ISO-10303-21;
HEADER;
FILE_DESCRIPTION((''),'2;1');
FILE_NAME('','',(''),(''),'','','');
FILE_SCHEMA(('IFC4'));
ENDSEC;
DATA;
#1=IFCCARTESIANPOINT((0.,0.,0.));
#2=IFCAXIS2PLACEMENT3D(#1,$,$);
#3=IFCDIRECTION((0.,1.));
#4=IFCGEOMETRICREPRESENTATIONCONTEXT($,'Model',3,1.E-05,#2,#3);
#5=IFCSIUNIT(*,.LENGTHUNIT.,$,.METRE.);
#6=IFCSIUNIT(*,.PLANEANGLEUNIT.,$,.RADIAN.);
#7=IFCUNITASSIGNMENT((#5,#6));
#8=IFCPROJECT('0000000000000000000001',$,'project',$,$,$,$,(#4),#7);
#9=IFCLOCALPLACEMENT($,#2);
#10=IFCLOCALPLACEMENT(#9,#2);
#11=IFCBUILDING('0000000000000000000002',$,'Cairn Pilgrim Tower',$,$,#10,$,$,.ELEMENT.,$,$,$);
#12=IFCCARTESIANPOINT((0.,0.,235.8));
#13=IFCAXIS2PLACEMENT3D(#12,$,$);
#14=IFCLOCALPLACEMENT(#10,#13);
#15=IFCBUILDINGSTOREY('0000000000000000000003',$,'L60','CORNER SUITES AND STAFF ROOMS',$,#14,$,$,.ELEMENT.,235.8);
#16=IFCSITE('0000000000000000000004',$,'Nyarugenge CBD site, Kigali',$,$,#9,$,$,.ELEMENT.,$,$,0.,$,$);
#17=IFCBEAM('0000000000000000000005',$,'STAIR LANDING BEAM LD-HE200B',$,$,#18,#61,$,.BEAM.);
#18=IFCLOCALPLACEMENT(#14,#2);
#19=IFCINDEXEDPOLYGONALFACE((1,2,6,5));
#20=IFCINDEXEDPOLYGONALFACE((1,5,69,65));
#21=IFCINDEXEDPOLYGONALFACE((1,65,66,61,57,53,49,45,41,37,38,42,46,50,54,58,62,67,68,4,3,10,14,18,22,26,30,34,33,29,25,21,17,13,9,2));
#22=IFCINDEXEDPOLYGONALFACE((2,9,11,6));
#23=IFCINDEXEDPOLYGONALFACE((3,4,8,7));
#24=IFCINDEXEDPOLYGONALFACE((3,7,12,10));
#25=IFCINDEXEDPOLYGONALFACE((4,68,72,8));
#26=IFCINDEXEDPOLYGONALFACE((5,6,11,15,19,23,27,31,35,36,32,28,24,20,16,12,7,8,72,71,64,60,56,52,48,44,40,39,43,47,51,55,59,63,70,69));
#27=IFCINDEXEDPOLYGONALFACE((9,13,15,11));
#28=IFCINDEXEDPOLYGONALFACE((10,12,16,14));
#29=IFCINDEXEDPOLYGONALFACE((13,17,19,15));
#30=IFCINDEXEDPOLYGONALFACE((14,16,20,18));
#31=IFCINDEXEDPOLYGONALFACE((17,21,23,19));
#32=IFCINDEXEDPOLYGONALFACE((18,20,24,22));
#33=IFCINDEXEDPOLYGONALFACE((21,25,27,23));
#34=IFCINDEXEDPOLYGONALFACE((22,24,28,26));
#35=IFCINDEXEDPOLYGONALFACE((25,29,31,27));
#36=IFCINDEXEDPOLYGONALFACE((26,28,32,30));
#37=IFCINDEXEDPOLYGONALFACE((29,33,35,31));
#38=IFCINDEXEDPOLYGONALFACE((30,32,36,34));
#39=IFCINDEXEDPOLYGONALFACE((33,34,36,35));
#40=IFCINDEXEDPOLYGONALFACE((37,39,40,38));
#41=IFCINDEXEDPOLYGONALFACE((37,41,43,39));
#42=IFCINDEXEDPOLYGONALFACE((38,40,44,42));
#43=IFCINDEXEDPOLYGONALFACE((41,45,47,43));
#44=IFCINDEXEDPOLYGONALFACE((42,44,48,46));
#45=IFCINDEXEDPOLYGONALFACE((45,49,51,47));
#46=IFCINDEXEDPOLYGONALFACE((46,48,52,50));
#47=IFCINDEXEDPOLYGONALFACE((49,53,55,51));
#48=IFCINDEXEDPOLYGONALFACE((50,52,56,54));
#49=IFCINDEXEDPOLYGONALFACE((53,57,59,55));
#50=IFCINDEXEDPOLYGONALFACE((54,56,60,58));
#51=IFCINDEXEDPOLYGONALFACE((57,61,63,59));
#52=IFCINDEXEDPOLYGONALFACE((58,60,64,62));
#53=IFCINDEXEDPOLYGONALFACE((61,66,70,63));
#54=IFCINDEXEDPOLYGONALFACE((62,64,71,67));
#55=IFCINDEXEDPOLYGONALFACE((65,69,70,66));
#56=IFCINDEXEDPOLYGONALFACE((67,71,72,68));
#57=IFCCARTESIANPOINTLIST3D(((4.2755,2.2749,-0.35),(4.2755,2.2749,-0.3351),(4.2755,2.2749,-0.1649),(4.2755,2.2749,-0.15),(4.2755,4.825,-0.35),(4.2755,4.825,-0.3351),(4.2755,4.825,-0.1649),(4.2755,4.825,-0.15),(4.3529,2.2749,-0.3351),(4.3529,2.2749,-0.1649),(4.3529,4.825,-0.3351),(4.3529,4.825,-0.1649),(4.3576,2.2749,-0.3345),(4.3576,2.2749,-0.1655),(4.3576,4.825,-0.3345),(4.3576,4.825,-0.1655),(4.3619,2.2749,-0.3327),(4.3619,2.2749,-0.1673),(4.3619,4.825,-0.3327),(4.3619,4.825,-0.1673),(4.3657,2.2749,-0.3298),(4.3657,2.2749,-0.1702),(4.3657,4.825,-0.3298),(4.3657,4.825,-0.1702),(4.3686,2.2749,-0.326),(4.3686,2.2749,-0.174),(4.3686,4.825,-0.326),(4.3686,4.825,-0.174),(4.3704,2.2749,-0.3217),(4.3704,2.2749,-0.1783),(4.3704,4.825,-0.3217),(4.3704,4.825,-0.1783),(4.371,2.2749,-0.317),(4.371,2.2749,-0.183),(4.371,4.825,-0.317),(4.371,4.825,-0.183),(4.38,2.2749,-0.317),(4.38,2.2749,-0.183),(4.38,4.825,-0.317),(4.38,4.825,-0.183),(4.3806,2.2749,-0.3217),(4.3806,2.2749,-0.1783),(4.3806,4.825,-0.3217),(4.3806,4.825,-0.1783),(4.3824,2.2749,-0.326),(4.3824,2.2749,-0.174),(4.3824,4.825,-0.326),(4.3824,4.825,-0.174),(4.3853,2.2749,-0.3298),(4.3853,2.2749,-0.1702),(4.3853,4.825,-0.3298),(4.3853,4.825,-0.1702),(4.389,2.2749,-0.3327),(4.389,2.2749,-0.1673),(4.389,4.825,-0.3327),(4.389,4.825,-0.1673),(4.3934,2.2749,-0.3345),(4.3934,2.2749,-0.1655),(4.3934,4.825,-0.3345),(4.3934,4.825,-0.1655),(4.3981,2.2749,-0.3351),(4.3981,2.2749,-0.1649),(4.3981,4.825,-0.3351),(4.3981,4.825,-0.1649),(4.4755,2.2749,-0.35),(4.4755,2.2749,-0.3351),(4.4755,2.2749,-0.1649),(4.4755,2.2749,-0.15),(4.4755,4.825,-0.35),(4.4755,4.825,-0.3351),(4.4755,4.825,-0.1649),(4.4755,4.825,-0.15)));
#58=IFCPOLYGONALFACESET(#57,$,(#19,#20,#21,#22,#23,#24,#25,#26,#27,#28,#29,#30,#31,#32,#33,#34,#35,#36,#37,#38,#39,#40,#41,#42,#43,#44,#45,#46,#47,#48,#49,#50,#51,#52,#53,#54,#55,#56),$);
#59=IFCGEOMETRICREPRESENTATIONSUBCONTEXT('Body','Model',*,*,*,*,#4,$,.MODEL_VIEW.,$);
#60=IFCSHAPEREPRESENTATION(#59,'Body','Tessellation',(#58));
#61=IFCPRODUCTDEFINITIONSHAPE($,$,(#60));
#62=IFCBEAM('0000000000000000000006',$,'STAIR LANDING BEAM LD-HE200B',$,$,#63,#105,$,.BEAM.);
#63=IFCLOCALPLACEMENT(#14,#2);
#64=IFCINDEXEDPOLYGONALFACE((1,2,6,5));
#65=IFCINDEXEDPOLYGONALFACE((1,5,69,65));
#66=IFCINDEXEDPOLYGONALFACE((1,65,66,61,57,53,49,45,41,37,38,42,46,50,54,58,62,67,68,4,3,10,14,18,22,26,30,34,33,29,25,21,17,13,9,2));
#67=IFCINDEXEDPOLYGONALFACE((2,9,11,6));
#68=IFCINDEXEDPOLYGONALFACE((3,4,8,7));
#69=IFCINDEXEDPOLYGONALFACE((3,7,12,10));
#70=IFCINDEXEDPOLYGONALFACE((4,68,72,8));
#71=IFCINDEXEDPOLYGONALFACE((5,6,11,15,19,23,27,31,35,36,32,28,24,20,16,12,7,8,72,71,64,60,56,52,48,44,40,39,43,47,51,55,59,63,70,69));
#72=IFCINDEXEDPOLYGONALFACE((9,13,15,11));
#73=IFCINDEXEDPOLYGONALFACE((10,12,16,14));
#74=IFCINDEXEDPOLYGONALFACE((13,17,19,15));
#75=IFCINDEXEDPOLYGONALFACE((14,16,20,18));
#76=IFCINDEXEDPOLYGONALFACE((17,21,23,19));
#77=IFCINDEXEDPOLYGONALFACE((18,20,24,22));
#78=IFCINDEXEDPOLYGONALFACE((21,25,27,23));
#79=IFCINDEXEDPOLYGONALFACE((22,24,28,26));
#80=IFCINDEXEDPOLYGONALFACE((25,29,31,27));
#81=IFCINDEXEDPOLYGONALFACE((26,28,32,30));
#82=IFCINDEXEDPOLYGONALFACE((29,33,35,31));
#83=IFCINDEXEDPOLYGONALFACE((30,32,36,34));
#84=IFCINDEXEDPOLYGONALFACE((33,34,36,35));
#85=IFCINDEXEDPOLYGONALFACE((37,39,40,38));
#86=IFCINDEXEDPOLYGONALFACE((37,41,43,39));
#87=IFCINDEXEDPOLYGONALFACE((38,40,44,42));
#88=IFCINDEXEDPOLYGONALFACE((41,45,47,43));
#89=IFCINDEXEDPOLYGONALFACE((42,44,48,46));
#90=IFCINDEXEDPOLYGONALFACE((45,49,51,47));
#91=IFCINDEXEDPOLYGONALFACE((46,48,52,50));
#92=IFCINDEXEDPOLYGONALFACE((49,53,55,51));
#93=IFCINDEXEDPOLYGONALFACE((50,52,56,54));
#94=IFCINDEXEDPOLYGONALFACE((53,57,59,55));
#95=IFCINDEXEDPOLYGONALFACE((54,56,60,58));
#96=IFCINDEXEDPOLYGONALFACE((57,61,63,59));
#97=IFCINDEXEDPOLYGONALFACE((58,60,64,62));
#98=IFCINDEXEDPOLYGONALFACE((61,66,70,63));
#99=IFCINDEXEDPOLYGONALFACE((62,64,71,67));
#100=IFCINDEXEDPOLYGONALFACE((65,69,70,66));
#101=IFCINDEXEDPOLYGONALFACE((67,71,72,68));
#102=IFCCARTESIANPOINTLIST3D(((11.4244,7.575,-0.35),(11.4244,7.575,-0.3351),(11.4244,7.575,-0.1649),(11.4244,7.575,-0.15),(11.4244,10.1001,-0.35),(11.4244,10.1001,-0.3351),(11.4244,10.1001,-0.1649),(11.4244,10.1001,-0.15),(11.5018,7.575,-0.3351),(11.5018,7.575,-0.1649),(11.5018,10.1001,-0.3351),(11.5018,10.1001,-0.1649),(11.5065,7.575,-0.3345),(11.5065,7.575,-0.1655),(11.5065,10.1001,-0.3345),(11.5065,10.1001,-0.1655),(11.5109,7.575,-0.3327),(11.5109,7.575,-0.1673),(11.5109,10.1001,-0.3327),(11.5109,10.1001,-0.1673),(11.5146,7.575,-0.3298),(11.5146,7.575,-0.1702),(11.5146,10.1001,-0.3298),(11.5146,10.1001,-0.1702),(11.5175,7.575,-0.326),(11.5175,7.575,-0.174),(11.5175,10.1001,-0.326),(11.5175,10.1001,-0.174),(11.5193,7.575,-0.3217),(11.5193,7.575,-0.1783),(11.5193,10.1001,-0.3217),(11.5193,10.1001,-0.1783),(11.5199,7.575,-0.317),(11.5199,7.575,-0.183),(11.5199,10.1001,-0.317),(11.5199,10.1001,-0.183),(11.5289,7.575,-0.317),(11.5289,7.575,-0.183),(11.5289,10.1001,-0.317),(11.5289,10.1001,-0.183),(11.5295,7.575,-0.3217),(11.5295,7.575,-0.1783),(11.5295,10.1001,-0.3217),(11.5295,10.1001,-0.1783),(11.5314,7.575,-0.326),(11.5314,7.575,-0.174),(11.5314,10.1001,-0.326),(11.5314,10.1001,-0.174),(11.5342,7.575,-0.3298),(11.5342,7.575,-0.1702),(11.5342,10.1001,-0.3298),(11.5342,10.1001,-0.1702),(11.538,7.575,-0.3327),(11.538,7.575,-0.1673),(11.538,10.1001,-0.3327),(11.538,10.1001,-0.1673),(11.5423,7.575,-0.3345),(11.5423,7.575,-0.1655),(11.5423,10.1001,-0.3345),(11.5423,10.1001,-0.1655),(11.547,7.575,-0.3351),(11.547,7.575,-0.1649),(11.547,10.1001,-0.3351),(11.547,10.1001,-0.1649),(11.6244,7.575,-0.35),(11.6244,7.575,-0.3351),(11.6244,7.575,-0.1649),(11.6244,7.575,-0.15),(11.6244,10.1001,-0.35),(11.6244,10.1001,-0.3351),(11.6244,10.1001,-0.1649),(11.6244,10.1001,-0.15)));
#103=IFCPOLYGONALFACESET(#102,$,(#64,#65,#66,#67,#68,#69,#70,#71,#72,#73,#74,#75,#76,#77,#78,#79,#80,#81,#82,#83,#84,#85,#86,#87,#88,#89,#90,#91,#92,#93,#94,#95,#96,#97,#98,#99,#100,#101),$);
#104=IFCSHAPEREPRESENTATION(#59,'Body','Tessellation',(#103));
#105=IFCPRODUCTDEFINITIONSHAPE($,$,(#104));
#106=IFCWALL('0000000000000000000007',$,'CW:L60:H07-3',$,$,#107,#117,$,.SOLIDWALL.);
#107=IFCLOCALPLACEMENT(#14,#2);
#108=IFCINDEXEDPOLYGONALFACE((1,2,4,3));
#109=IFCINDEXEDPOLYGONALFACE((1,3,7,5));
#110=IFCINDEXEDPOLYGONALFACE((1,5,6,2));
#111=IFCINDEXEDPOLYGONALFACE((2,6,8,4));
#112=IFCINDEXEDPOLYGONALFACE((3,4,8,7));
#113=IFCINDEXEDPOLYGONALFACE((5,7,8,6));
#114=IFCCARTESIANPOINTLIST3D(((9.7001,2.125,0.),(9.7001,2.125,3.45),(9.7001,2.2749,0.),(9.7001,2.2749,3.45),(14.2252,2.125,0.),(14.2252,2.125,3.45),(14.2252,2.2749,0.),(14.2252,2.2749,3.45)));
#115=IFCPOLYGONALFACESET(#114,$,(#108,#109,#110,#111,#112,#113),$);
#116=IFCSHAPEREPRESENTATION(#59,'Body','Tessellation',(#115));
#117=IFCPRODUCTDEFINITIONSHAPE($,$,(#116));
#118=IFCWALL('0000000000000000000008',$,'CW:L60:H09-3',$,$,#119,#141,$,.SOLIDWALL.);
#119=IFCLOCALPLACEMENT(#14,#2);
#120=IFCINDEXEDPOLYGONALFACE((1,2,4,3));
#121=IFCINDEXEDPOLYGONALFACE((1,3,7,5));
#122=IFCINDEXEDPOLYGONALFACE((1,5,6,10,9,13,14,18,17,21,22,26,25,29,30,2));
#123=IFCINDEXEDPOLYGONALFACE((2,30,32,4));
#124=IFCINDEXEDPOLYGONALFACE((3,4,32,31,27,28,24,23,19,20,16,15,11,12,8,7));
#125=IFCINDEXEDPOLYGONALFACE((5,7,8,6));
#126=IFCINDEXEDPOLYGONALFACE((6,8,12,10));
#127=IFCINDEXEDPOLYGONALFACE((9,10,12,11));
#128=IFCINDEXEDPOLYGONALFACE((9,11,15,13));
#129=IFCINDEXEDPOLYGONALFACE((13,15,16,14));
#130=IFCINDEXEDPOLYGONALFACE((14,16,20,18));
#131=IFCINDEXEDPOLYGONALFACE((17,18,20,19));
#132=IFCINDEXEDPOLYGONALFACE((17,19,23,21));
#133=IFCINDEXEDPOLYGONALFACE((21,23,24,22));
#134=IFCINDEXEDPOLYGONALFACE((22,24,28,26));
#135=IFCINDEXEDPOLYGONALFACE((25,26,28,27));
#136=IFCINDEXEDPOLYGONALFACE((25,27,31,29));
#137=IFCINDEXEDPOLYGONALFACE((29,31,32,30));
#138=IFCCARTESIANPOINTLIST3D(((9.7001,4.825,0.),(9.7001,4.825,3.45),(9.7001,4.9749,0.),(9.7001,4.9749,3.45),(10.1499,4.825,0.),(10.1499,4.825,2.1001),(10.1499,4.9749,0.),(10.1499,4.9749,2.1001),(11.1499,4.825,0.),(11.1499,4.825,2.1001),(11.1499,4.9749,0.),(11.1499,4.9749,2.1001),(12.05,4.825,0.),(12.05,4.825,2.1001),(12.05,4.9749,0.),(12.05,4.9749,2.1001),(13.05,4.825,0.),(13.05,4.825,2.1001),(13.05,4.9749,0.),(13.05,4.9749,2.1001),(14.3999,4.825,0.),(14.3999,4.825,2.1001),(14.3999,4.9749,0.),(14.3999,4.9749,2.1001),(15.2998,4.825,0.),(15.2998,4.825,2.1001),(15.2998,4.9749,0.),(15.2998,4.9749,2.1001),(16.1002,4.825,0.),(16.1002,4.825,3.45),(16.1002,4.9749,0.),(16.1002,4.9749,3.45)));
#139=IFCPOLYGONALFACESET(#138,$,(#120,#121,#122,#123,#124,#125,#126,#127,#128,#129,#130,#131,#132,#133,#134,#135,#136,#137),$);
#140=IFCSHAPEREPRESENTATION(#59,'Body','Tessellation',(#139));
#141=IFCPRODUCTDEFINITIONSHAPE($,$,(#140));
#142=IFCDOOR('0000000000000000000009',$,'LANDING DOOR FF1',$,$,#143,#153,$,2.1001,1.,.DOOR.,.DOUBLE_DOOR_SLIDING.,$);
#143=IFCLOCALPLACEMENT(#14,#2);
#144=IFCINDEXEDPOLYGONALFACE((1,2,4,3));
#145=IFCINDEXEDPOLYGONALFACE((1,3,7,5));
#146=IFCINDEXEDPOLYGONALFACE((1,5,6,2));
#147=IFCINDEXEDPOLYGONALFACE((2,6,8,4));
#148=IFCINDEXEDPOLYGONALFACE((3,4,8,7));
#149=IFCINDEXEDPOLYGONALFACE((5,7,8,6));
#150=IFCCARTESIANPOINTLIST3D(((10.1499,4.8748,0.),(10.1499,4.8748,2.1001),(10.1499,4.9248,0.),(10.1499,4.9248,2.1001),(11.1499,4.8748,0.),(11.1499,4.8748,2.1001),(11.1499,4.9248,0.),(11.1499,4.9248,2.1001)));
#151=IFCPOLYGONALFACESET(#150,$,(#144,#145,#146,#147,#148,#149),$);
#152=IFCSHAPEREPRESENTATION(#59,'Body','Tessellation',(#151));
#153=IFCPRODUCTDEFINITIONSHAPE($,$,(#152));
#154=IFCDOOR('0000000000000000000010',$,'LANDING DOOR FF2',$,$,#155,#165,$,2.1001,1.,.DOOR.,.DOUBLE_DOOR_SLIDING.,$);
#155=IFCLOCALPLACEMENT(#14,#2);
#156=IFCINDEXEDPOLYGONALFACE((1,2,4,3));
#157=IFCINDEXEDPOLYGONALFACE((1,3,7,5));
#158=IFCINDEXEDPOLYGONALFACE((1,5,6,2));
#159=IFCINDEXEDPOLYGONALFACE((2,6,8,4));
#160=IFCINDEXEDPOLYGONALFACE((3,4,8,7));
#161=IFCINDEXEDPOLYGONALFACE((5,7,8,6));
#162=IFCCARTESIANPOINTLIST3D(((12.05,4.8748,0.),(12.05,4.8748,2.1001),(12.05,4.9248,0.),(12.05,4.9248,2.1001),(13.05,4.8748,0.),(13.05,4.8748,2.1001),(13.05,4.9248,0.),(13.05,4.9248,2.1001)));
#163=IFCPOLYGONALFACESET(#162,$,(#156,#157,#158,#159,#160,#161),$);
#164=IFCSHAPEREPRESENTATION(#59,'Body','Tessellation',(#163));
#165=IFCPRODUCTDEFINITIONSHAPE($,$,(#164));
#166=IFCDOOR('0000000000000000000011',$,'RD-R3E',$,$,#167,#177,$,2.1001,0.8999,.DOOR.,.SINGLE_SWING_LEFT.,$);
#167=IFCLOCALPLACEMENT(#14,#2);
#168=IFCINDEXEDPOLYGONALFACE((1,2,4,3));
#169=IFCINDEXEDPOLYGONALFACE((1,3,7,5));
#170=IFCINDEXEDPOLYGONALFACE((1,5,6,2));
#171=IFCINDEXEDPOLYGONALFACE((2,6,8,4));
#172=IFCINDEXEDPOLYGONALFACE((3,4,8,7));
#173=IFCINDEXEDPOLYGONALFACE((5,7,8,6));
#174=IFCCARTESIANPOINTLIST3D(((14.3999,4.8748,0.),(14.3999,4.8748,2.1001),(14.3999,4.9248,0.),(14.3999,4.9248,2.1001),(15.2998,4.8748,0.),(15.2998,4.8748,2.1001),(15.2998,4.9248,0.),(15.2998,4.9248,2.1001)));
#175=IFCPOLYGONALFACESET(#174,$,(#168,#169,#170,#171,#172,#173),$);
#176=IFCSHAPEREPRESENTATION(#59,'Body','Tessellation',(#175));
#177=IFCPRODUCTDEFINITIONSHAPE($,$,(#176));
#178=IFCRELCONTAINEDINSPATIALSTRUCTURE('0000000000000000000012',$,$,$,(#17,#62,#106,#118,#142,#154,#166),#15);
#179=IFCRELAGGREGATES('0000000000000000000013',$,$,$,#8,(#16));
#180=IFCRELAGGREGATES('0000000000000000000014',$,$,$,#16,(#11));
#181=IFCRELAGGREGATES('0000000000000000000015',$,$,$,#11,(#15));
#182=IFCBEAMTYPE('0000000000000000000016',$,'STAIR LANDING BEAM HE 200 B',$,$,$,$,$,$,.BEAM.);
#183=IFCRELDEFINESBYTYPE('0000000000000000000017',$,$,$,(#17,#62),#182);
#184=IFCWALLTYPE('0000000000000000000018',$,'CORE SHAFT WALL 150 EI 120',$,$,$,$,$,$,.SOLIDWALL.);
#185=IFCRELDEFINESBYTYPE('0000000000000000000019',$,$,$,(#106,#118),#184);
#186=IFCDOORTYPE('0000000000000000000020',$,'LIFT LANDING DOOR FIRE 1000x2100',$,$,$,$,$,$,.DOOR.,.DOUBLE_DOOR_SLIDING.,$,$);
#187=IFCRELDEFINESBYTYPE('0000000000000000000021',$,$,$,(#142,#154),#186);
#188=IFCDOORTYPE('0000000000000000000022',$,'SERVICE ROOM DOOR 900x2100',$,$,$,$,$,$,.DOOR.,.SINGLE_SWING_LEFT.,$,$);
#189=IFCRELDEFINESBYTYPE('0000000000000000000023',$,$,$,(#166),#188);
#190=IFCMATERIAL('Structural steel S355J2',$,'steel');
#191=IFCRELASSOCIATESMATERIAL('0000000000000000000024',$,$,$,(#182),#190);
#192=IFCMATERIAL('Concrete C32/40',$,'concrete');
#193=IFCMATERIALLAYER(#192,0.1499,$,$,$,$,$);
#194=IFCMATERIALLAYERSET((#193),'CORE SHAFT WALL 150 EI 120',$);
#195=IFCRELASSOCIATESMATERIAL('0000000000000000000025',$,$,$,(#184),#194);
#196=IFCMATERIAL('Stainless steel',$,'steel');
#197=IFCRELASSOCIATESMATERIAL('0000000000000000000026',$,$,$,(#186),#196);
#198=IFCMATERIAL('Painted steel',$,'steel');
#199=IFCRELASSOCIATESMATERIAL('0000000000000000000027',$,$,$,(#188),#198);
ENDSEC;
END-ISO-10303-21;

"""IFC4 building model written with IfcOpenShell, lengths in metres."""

from ifc_helpers import new_model, si_unit, direction, frame, frame_2d, origin, origin_2d, place, context, subcontext, project, spatial, rectangle, i_section, extrude, material, layer, layer_set, material_profile, profile_set, type_object, element, fill, save


model = new_model("IFC4")

# Units and contexts
model_context = context("Model", 3, precision=1e-05, world=origin(), true_north=direction((0.0, 1.0)))
body_context = subcontext(model_context, "Body", "Model", "MODEL_VIEW")
ifc_project = project(units=[si_unit("LENGTHUNIT", "METRE"), si_unit("PLANEANGLEUNIT", "RADIAN")], contexts=[model_context])

# Site, building, storey
site_placement = place(None, origin())
site = spatial("IfcSite", under=ifc_project, at=site_placement, Name="Nyarugenge CBD site, Kigali", CompositionType="ELEMENT", RefElevation=0.0)
building_placement = place(site_placement, origin())
building = spatial("IfcBuilding", under=site, at=building_placement, Name="Cairn Pilgrim Tower", CompositionType="ELEMENT")
storey_placement = place(building_placement, frame((0.0, 0.0, 235.8)))
storey = spatial("IfcBuildingStorey", under=building, at=storey_placement, Name="L60", Description="CORNER SUITES AND STAFF ROOMS", CompositionType="ELEMENT", Elevation=235.8)

# Beams
ifc_material_1 = material(Name="Structural steel S355J2", Category="steel")
ifc_material_profile = material_profile(ifc_material_1, i_section(OverallWidth=0.2, OverallDepth=0.2, WebThickness=0.009, FlangeThickness=0.0149, FilletRadius=0.0181, at=origin_2d()), Name="HE 200 B")
ifc_profile_set = profile_set([ifc_material_profile], Name="Structural steel S355J2")
beam_type = type_object("IfcBeamType", Name="STAIR LANDING BEAM HE 200 B", PredefinedType="BEAM", material=ifc_profile_set)
beam_1_placement = place(storey_placement, frame((4.3755, 2.2749, -0.25), z_axis=(0.0, 1.0, 0.0), x_axis=(-1.0, 0.0, 0.0)))
element("IfcBeam", 1, at=beam_1_placement, inside=storey, type_object=beam_type, Name="STAIR LANDING BEAM LD-HE200B", PredefinedType="BEAM", context=body_context, shape_type="SweptSolid", body=[
    extrude(i_section(OverallWidth=0.2, OverallDepth=0.2, WebThickness=0.009, FlangeThickness=0.0149, FilletRadius=0.0181, at=origin_2d()), origin(), (0.0, 0.0, 1.0), 2.55),
])
beam_2_placement = place(storey_placement, frame((11.5244, 10.1001, -0.25), z_axis=(0.0, -1.0, 0.0), x_axis=(1.0, 0.0, 0.0)))
element("IfcBeam", 2, at=beam_2_placement, inside=storey, type_object=beam_type, Name="STAIR LANDING BEAM LD-HE200B", PredefinedType="BEAM", context=body_context, shape_type="SweptSolid", body=[
    extrude(i_section(OverallWidth=0.2, OverallDepth=0.2, WebThickness=0.009, FlangeThickness=0.0149, FilletRadius=0.0181, at=origin_2d()), origin(), (0.0, 0.0, 1.0), 2.5251),
])

# Wall
ifc_material_2 = material(Name="Concrete C32/40", Category="concrete")
ifc_layer_1 = layer(ifc_material_2, 0.1499)
ifc_layer_set_1 = layer_set([ifc_layer_1], Name="CORE SHAFT WALL 150 EI 120")
wall_type_1 = type_object("IfcWallType", Name="CORE SHAFT WALL 150 EI 120", PredefinedType="SOLIDWALL", material=ifc_layer_set_1)
wall_1_placement = place(storey_placement, frame((9.7, 2.2, 0.0), z_axis=(0.0, 0.0, 1.0), x_axis=(1.0, 0.0, 0.0)))
element("IfcWall", 3, at=wall_1_placement, inside=storey, type_object=wall_type_1, Name="CW:L60:H07-3", PredefinedType="SOLIDWALL", context=body_context, shape_type="SweptSolid", body=[
    extrude(rectangle(XDim=4.5251, YDim=0.1499, at=frame_2d((2.2627, 0.0))), origin(), (0.0, 0.0, 1.0), 3.45),
])

# Wall, openings, doors
wall_2_placement = place(storey_placement, frame((9.7, 4.8999, 0.0), z_axis=(0.0, 0.0, 1.0), x_axis=(1.0, 0.0, 0.0)))
wall_2 = element("IfcWall", 4, at=wall_2_placement, inside=storey, type_object=wall_type_1, Name="CW:L60:H09-3", PredefinedType="SOLIDWALL", context=body_context, shape_type="SweptSolid", body=[
    extrude(rectangle(XDim=6.4001, YDim=0.1499, at=frame_2d((3.2002, 0.0))), origin(), (0.0, 0.0, 1.0), 3.45),
])
opening_1_placement = place(wall_2_placement, frame((0.45, 0.0, 0.0)))
opening_1 = element("IfcOpeningElement", 5, at=opening_1_placement, cuts=wall_2, PredefinedType="OPENING", context=body_context, shape_type="SweptSolid", body=[
    extrude(rectangle(XDim=1.0, YDim=2.1001, at=frame_2d((0.5, 1.05))), frame((0.0, 0.085, 0.0), z_axis=(0.0, -1.0, 0.0), x_axis=(1.0, 0.0, 0.0)), (0.0, 0.0, 1.0), 0.1699),
])
opening_2_placement = place(wall_2_placement, frame((2.3501, 0.0, 0.0)))
opening_2 = element("IfcOpeningElement", 6, at=opening_2_placement, cuts=wall_2, PredefinedType="OPENING", context=body_context, shape_type="SweptSolid", body=[
    extrude(rectangle(XDim=1.0, YDim=2.1001, at=frame_2d((0.5, 1.05))), frame((0.0, 0.085, 0.0), z_axis=(0.0, -1.0, 0.0), x_axis=(1.0, 0.0, 0.0)), (0.0, 0.0, 1.0), 0.1699),
])
opening_3_placement = place(wall_2_placement, frame((4.7, 0.0, 0.0)))
opening_3 = element("IfcOpeningElement", 7, at=opening_3_placement, cuts=wall_2, PredefinedType="OPENING", context=body_context, shape_type="SweptSolid", body=[
    extrude(rectangle(XDim=0.8999, YDim=2.1001, at=frame_2d((0.45, 1.05))), frame((0.0, 0.085, 0.0), z_axis=(0.0, -1.0, 0.0), x_axis=(1.0, 0.0, 0.0)), (0.0, 0.0, 1.0), 0.1699),
])
ifc_material_3 = material(Name="Stainless steel", Category="steel")
door_type_1 = type_object("IfcDoorType", Name="LIFT LANDING DOOR FIRE 1000x2100", OperationType="DOUBLE_DOOR_SLIDING", PredefinedType="DOOR", material=ifc_material_3)
door_1_placement = place(opening_1_placement, origin())
door_1 = element("IfcDoor", 8, at=door_1_placement, inside=storey, type_object=door_type_1, Name="LANDING DOOR FF1", OperationType="DOUBLE_DOOR_SLIDING", OverallHeight=2.1001, OverallWidth=1.0, PredefinedType="DOOR", context=body_context, shape_type="SweptSolid", body=[
    extrude(rectangle(XDim=1.0, YDim=2.1001, at=frame_2d((0.5, 1.05))), frame((0.0, 0.0249, 0.0), z_axis=(0.0, -1.0, 0.0), x_axis=(1.0, 0.0, 0.0)), (0.0, 0.0, 1.0), 0.05),
])
fill(opening_1, door_1)
door_2_placement = place(opening_2_placement, origin())
door_2 = element("IfcDoor", 9, at=door_2_placement, inside=storey, type_object=door_type_1, Name="LANDING DOOR FF2", OperationType="DOUBLE_DOOR_SLIDING", OverallHeight=2.1001, OverallWidth=1.0, PredefinedType="DOOR", context=body_context, shape_type="SweptSolid", body=[
    extrude(rectangle(XDim=1.0, YDim=2.1001, at=frame_2d((0.5, 1.05))), frame((0.0, 0.0249, 0.0), z_axis=(0.0, -1.0, 0.0), x_axis=(1.0, 0.0, 0.0)), (0.0, 0.0, 1.0), 0.05),
])
fill(opening_2, door_2)
ifc_material_4 = material(Name="Painted steel", Category="steel")
door_type_2 = type_object("IfcDoorType", Name="SERVICE ROOM DOOR 900x2100", OperationType="SINGLE_SWING_LEFT", PredefinedType="DOOR", material=ifc_material_4)
door_3_placement = place(opening_3_placement, origin())
door_3 = element("IfcDoor", 10, at=door_3_placement, inside=storey, type_object=door_type_2, Name="RD-R3E", OperationType="SINGLE_SWING_LEFT", OverallHeight=2.1001, OverallWidth=0.8999, PredefinedType="DOOR", context=body_context, shape_type="SweptSolid", body=[
    extrude(rectangle(XDim=0.8999, YDim=2.1001, at=frame_2d((0.45, 1.05))), frame((0.0, 0.0249, 0.0), z_axis=(0.0, -1.0, 0.0), x_axis=(1.0, 0.0, 0.0)), (0.0, 0.0, 1.0), 0.05),
])
fill(opening_3, door_3)

save(model, "model.ifc")
